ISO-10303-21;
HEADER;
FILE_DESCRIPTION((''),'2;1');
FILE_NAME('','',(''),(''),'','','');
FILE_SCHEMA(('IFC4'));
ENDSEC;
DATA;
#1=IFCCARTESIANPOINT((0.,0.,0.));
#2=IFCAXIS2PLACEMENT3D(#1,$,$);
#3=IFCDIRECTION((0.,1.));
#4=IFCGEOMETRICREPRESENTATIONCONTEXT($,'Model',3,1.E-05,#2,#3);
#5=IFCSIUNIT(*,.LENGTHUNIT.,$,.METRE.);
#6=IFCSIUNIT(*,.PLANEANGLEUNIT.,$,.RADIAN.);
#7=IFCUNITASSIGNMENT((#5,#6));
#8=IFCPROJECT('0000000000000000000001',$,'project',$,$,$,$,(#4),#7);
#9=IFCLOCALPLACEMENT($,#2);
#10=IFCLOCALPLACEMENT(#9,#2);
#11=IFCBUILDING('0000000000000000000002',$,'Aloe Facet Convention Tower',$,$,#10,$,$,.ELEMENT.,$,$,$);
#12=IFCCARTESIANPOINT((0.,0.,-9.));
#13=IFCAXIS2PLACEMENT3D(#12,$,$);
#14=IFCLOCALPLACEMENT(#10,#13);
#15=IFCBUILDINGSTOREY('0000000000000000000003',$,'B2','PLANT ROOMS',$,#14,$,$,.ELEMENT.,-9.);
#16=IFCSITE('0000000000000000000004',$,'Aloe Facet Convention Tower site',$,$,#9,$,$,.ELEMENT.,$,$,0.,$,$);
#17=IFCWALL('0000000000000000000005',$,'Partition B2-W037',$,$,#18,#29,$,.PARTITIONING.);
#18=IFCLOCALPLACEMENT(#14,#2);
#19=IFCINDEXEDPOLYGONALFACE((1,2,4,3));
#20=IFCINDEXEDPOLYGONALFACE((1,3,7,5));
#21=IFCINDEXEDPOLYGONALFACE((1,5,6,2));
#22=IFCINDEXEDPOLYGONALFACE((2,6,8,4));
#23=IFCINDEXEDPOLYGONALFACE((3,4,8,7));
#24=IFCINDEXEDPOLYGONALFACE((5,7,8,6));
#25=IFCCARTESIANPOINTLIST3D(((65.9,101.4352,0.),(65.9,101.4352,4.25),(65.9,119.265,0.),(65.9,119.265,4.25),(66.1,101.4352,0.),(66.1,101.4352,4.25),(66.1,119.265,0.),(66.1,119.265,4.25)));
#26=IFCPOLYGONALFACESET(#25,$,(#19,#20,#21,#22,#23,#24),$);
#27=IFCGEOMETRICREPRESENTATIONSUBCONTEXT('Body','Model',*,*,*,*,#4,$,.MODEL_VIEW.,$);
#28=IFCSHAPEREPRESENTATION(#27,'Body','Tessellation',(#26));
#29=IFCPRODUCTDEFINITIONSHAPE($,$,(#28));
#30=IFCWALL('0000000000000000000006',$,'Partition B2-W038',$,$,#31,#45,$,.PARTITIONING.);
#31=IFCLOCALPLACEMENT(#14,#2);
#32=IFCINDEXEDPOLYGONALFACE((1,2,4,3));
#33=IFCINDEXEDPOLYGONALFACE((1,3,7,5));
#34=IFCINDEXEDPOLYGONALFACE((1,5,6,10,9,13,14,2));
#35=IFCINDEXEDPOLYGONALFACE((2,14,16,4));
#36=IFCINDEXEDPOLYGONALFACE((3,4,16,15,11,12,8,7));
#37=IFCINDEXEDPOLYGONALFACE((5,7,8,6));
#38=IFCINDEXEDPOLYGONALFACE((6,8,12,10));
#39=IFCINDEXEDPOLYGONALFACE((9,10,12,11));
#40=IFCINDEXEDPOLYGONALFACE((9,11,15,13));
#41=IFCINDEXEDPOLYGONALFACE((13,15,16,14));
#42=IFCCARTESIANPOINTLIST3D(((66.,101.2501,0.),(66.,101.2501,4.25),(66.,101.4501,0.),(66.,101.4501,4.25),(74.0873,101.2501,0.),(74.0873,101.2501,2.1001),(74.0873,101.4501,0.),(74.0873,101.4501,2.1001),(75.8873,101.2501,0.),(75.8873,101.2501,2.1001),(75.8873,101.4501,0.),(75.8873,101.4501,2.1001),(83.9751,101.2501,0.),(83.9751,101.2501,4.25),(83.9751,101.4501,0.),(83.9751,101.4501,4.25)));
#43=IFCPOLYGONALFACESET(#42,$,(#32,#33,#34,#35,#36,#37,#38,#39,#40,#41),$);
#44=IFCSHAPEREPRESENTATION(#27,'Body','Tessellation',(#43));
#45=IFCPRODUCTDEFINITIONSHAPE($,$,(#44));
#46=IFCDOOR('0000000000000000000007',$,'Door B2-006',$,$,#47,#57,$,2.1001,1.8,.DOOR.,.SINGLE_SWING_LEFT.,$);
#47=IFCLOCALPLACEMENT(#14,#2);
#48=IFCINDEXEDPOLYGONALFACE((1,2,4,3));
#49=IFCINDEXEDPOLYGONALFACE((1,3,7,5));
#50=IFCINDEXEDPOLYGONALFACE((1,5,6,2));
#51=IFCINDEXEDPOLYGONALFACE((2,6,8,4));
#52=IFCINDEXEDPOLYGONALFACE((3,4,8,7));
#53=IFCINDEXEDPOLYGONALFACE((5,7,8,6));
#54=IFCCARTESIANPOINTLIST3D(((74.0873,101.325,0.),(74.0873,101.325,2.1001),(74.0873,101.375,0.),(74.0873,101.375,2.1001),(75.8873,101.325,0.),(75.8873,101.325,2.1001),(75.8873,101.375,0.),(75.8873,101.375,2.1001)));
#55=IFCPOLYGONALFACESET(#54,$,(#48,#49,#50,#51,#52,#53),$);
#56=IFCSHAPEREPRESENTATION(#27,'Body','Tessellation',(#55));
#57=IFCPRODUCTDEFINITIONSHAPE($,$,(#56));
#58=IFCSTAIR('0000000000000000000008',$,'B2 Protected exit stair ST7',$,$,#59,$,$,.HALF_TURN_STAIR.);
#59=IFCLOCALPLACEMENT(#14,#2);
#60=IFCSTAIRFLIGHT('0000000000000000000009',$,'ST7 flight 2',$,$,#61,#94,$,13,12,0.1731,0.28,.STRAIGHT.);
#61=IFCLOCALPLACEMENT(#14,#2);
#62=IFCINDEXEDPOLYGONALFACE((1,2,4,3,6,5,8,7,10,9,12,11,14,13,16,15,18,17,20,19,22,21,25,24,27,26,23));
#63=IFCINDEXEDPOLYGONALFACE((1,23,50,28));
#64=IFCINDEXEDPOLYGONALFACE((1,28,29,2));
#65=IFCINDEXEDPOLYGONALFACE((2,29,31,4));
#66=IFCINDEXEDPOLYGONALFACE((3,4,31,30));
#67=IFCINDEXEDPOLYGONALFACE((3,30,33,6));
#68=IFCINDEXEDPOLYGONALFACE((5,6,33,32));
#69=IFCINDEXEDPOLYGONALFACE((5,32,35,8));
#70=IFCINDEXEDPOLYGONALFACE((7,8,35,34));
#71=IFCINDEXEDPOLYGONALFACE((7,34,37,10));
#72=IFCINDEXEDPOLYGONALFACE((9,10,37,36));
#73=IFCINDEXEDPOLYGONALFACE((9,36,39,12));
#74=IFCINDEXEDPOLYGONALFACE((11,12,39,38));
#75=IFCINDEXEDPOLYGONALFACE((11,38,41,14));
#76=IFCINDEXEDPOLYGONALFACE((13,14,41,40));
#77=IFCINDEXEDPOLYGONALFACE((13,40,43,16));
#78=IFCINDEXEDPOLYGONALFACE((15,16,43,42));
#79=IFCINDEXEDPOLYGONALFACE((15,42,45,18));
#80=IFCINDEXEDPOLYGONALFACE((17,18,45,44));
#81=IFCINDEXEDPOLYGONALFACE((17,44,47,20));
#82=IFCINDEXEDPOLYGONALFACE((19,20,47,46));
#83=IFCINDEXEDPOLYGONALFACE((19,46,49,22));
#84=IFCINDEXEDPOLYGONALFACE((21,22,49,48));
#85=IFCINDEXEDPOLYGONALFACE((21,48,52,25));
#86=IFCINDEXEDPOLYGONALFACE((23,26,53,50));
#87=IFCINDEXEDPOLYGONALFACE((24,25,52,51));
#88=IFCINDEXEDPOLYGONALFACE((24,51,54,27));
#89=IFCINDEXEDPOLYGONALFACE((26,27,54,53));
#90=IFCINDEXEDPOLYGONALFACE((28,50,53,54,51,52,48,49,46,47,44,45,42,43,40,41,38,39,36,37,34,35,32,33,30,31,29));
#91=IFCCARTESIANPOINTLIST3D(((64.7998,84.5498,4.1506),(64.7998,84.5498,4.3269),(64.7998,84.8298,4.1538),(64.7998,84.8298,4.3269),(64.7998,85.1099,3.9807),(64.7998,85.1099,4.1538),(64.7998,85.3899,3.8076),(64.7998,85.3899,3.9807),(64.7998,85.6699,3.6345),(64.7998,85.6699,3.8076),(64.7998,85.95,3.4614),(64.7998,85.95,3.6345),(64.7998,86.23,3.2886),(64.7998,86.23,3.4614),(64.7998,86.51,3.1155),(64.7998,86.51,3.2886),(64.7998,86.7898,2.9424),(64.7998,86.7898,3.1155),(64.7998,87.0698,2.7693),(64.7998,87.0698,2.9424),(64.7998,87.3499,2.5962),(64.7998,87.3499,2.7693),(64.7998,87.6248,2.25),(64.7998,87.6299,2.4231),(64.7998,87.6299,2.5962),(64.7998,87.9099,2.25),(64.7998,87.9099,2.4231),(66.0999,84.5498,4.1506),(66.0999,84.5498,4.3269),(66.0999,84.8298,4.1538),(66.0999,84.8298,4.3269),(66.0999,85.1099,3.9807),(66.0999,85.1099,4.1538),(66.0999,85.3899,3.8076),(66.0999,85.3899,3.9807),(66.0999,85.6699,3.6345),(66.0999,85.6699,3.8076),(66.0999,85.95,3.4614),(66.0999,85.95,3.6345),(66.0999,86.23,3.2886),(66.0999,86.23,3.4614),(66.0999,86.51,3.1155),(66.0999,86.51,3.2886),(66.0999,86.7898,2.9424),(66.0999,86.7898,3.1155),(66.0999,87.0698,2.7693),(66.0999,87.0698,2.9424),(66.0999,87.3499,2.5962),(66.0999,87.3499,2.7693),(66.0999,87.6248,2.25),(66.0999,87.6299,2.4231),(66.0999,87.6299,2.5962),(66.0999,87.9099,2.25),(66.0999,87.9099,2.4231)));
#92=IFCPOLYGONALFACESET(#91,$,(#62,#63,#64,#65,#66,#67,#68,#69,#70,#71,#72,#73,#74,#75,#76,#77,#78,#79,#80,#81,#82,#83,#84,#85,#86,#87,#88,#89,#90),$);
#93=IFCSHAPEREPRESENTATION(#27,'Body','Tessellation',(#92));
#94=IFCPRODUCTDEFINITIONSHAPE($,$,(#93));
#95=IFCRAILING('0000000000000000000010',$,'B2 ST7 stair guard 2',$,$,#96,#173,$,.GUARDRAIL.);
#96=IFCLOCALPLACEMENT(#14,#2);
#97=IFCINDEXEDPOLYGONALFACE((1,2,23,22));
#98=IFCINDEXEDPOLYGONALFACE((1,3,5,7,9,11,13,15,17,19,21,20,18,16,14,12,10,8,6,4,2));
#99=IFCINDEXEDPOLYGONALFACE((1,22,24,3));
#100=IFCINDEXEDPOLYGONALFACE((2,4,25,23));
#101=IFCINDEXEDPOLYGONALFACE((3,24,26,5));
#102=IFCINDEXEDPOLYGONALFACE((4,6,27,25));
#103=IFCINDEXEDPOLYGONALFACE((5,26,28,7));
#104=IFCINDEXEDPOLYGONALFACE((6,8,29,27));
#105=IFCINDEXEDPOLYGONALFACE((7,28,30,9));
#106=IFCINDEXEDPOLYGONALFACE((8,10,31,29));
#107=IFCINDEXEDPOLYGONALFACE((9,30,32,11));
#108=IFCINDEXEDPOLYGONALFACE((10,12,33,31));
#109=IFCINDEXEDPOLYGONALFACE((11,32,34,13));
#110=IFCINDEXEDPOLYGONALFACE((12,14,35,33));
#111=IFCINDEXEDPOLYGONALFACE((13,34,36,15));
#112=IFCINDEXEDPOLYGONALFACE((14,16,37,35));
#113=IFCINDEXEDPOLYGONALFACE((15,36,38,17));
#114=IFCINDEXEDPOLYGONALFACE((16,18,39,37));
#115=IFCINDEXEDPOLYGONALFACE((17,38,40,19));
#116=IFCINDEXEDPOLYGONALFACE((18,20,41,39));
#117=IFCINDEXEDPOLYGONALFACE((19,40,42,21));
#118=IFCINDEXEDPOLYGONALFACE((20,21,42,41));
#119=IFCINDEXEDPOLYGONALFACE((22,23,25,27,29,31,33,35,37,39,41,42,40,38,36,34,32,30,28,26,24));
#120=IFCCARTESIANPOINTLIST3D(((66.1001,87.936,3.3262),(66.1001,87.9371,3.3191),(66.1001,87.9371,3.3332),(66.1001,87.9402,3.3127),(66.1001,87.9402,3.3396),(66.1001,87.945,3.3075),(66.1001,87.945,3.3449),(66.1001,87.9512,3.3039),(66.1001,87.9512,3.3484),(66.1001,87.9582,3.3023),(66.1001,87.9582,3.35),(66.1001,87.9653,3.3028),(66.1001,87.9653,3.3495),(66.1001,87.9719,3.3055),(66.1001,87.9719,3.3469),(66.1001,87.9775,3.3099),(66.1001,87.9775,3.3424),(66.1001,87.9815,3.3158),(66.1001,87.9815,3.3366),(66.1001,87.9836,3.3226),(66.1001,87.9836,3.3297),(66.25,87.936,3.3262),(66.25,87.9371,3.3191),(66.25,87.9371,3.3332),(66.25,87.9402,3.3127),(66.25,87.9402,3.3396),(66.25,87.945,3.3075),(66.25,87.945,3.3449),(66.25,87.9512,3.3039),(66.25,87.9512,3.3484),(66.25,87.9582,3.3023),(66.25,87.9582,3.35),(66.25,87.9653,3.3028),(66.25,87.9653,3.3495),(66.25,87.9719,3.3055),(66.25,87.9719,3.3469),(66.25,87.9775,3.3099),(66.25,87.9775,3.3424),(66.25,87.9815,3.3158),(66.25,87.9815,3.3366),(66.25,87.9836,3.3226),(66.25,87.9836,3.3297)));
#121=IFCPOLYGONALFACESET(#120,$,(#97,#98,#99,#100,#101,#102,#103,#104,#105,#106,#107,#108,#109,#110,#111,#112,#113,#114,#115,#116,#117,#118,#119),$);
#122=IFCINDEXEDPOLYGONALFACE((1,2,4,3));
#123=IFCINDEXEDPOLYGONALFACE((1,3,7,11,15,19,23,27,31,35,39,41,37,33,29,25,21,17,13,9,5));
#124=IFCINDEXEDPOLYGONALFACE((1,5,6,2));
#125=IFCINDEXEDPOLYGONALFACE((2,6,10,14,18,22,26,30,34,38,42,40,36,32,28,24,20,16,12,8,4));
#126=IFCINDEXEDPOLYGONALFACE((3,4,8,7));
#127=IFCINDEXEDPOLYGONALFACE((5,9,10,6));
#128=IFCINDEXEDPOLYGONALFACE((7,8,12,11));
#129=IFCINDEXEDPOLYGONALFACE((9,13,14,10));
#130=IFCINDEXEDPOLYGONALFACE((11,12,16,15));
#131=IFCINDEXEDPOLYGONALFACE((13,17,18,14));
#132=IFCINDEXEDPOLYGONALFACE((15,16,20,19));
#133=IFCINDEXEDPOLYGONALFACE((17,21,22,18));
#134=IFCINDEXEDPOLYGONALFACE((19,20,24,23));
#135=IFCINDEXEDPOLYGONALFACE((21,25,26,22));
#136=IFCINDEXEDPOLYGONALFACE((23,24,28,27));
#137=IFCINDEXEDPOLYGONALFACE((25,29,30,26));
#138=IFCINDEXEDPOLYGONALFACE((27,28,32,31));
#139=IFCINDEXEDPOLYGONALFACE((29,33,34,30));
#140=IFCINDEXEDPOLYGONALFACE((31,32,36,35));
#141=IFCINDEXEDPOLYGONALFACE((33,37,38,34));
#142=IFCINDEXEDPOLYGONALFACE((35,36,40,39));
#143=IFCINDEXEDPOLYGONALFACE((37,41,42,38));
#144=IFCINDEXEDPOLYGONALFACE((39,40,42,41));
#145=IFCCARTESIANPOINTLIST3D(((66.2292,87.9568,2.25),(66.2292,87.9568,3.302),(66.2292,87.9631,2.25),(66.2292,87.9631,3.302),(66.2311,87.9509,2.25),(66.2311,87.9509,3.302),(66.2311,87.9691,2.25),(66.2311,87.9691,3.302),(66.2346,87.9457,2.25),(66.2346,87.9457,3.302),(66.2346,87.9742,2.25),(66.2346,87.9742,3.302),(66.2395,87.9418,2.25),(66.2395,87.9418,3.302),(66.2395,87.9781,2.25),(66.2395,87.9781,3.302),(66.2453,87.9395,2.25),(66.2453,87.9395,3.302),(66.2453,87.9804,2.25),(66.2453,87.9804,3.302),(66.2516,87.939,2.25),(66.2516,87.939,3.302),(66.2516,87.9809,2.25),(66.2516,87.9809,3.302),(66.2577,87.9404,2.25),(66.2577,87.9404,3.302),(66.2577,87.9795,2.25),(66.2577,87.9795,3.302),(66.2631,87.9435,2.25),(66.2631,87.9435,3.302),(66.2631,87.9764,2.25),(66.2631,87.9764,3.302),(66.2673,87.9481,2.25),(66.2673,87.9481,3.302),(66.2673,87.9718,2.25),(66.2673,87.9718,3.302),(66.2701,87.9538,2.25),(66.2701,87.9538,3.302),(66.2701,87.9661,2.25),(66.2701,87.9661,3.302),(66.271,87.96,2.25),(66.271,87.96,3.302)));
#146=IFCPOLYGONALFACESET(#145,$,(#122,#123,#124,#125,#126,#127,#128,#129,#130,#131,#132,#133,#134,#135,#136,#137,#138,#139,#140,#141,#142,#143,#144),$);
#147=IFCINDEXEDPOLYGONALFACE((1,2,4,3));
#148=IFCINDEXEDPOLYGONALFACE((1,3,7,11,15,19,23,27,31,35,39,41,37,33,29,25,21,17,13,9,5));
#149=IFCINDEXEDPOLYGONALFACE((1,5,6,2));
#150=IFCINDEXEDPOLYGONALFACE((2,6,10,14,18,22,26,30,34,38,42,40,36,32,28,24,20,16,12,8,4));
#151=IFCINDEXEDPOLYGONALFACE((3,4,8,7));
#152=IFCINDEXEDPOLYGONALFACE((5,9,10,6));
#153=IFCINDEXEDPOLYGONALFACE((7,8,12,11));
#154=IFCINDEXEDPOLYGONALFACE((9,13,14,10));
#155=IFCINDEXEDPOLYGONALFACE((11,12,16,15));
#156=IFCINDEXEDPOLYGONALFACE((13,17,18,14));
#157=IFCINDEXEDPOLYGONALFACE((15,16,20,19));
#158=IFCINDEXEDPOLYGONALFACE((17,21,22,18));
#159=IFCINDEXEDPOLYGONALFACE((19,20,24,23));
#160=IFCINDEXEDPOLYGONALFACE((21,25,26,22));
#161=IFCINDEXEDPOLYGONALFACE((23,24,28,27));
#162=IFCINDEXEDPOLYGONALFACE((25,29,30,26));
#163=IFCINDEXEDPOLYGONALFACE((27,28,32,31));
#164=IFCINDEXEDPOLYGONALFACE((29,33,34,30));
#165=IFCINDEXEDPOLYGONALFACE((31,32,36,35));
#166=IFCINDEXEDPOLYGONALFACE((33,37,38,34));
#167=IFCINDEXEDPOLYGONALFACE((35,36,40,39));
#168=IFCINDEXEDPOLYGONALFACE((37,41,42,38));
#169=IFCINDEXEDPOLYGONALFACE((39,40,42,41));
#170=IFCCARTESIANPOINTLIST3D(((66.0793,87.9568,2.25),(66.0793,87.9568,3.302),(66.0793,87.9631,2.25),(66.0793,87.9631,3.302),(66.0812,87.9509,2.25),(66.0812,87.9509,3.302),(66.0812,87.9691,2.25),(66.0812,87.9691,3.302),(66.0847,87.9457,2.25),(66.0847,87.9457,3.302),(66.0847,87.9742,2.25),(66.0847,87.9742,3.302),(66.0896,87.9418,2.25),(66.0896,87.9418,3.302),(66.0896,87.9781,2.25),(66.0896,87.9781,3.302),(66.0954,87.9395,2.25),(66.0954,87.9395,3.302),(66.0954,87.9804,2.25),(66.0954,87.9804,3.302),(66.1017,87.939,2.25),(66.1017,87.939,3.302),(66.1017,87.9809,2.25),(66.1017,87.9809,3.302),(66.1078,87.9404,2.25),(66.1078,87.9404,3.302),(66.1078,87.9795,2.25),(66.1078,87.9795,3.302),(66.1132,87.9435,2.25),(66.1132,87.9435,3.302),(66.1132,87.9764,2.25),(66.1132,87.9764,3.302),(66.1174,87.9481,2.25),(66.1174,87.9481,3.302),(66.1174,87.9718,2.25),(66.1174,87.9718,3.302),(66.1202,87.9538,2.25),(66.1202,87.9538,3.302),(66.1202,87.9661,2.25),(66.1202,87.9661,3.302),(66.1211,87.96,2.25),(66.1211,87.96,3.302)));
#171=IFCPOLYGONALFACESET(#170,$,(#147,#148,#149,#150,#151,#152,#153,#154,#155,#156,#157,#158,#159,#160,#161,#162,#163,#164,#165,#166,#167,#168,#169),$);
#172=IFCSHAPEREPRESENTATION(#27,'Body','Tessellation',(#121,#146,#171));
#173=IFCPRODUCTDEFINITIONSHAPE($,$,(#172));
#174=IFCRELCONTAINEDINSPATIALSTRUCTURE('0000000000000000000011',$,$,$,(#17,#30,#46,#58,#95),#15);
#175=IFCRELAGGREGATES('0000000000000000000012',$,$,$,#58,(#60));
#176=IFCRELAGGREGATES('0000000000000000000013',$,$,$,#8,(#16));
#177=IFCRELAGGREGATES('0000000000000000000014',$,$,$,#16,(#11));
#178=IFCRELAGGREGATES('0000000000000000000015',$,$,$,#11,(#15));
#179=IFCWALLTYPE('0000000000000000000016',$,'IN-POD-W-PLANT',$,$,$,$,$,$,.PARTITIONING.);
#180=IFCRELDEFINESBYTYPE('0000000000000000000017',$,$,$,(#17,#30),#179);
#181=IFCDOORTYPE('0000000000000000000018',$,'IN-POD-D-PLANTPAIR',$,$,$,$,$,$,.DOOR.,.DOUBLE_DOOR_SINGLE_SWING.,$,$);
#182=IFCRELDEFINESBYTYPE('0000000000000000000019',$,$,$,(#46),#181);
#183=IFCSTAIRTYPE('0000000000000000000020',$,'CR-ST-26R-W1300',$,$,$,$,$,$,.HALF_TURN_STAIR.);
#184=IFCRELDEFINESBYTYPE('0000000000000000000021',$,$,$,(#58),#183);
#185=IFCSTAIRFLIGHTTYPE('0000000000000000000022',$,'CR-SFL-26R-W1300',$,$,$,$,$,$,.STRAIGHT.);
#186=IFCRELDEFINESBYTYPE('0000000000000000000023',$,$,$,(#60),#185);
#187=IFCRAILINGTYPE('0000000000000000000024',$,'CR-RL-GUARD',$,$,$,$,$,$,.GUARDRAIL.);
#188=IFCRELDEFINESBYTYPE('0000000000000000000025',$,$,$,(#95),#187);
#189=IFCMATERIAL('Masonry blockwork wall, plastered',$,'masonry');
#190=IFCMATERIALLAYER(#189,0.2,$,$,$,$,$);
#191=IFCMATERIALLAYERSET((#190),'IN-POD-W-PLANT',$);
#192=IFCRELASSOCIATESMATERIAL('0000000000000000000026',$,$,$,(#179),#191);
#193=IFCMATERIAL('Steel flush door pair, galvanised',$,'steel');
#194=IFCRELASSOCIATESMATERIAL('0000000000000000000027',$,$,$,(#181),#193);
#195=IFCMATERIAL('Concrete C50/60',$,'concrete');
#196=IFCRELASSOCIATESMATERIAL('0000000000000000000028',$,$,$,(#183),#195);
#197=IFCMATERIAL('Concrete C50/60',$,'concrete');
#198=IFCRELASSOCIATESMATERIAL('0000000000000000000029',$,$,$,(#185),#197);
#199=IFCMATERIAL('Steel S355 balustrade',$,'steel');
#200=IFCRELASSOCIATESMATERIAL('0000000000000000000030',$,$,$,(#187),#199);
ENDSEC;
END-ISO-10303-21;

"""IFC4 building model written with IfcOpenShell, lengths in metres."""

from ifc_helpers import new_model, si_unit, direction, frame, frame_2d, origin, origin_2d, place, context, subcontext, project, spatial, polyline, rectangle, circle, outline, extrude, material, layer, layer_set, type_object, element, fill, aggregate, save


model = new_model("IFC4")

# Units and contexts
model_context = context("Model", 3, precision=1e-05, world=origin(), true_north=direction((0.0, 1.0)))
body_context = subcontext(model_context, "Body", "Model", "MODEL_VIEW")
ifc_project = project(units=[si_unit("LENGTHUNIT", "METRE"), si_unit("PLANEANGLEUNIT", "RADIAN")], contexts=[model_context])

# Site, building, storey
site_placement = place(None, origin())
site = spatial("IfcSite", under=ifc_project, at=site_placement, Name="Aloe Facet Convention Tower site", CompositionType="ELEMENT", RefElevation=0.0)
building_placement = place(site_placement, origin())
building = spatial("IfcBuilding", under=site, at=building_placement, Name="Aloe Facet Convention Tower", CompositionType="ELEMENT")
storey_placement = place(building_placement, frame((0.0, 0.0, -9.0)))
storey = spatial("IfcBuildingStorey", under=building, at=storey_placement, Name="B2", Description="PLANT ROOMS", CompositionType="ELEMENT", Elevation=-9.0)

# Shared definitions
ifc_material_1 = material(Name="Masonry blockwork wall, plastered", Category="masonry")
ifc_layer_1 = layer(ifc_material_1, 0.2)
ifc_layer_set_1 = layer_set([ifc_layer_1], Name="IN-POD-W-PLANT")
wall_type_1 = type_object("IfcWallType", Name="IN-POD-W-PLANT", PredefinedType="PARTITIONING", material=ifc_layer_set_1)
ifc_material_2 = material(Name="Steel flush door pair, galvanised", Category="steel")
door_type = type_object("IfcDoorType", Name="IN-POD-D-PLANTPAIR", OperationType="DOUBLE_DOOR_SINGLE_SWING", PredefinedType="DOOR", material=ifc_material_2)

# Wall
wall_1_placement = place(storey_placement, frame((66.0, 101.4351, 0.0), z_axis=(0.0, 0.0, 1.0), x_axis=(0.0, 1.0, 0.0)))
element("IfcWall", 1, at=wall_1_placement, inside=storey, type_object=wall_type_1, Name="Partition B2-W037", PredefinedType="PARTITIONING", context=body_context, shape_type="SweptSolid", body=[
    extrude(rectangle(XDim=17.8298, YDim=0.2, at=frame_2d((8.915, 0.0))), origin(), (0.0, 0.0, 1.0), 4.25),
])

# Wall, opening, door
wall_2_placement = place(storey_placement, frame((66.0, 101.3501, 0.0), z_axis=(0.0, 0.0, 1.0), x_axis=(1.0, 0.0, 0.0)))
wall_2 = element("IfcWall", 2, at=wall_2_placement, inside=storey, type_object=wall_type_1, Name="Partition B2-W038", PredefinedType="PARTITIONING", context=body_context, shape_type="SweptSolid", body=[
    extrude(rectangle(XDim=17.9751, YDim=0.2, at=frame_2d((8.9875, 0.0))), origin(), (0.0, 0.0, 1.0), 4.25),
])
opening_1_placement = place(wall_2_placement, frame((8.0874, 0.0, 0.0)))
opening_1 = element("IfcOpeningElement", 3, at=opening_1_placement, cuts=wall_2, PredefinedType="OPENING", context=body_context, shape_type="SweptSolid", body=[
    extrude(rectangle(XDim=1.8, YDim=2.1001, at=frame_2d((0.8999, 1.05))), frame((0.0, 0.1099, 0.0), z_axis=(0.0, -1.0, 0.0), x_axis=(1.0, 0.0, 0.0)), (0.0, 0.0, 1.0), 0.22),
])
door_1_placement = place(opening_1_placement, origin())
door_1 = element("IfcDoor", 4, at=door_1_placement, inside=storey, type_object=door_type, Name="Door B2-006", OperationType="SINGLE_SWING_LEFT", OverallHeight=2.1001, OverallWidth=1.8, PredefinedType="DOOR", context=body_context, shape_type="SweptSolid", body=[
    extrude(rectangle(XDim=1.8, YDim=2.1001, at=frame_2d((0.8999, 1.05))), frame((0.0, 0.0249, 0.0), z_axis=(0.0, -1.0, 0.0), x_axis=(1.0, 0.0, 0.0)), (0.0, 0.0, 1.0), 0.05),
])
fill(opening_1, door_1)

# Stair, stair flight
ifc_material_3 = material(Name="Concrete C50/60", Category="concrete")
stair_type = type_object("IfcStairType", Name="CR-ST-26R-W1300", PredefinedType="HALF_TURN_STAIR", material=ifc_material_3)
stair_placement = place(storey_placement, origin())
stair = element("IfcStair", 5, at=stair_placement, inside=storey, type_object=stair_type, Name="B2 Protected exit stair ST7", PredefinedType="HALF_TURN_STAIR")
ifc_material_4 = material(Name="Concrete C50/60", Category="concrete")
stair_flight_type = type_object("IfcStairFlightType", Name="CR-SFL-26R-W1300", PredefinedType="STRAIGHT", material=ifc_material_4)
stair_flight_placement = place(storey_placement, frame((65.45, 87.9099, 2.25), z_axis=(0.0, 0.0, 1.0), x_axis=(0.0, -1.0, 0.0)))
stair_flight = element("IfcStairFlight", 6, at=stair_flight_placement, type_object=stair_flight_type, Name="ST7 flight 2", NumberOfRisers=13, NumberOfTreads=12, PredefinedType="STRAIGHT", RiserHeight=0.1731, TreadLength=0.28, context=body_context, shape_type="SweptSolid", body=[
    extrude(outline(polyline([(0.0, 0.0), (0.0, 0.1731), (0.28, 0.1731), (0.28, 0.3462), (0.5601, 0.3462), (0.5601, 0.5193), (0.8401, 0.5193), (0.8401, 0.6924), (1.1201, 0.6924), (1.1201, 0.8655), (1.3999, 0.8655), (1.3999, 1.0386), (1.6799, 1.0386), (1.6799, 1.2114), (1.96, 1.2114), (1.96, 1.3845), (2.24, 1.3845), (2.24, 1.5576), (2.52, 1.5576), (2.52, 1.7307), (2.8, 1.7307), (2.8, 1.9038), (3.0801, 1.9038), (3.0801, 2.0769), (3.3601, 2.0769), (3.3601, 2.25), (3.3601, 1.9006), (0.2852, 0.0), (0.0, 0.0)])), frame((0.0, 0.6499, 0.0), z_axis=(0.0, -1.0, 0.0), x_axis=(1.0, 0.0, 0.0)), (0.0, 0.0, 1.0), 1.3),
])
aggregate(stair, [stair_flight])

# Railing
ifc_material_5 = material(Name="Steel S355 balustrade", Category="steel")
railing_type = type_object("IfcRailingType", Name="CR-RL-GUARD", PredefinedType="GUARDRAIL", material=ifc_material_5)
railing_1_placement = place(storey_placement, frame((66.25, 87.96, 2.25)))
element("IfcRailing", 7, at=railing_1_placement, inside=storey, type_object=railing_type, Name="B2 ST7 stair guard 2", PredefinedType="GUARDRAIL", context=body_context, shape_type="SweptSolid", body=[
    extrude(circle(Radius=0.0239, at=origin_2d()), frame((0.0, 0.0, 1.0762), z_axis=(-1.0, 0.0, 0.0), x_axis=(0.0, -1.0, 0.0)), (0.0, 0.0, 1.0), 0.1499),
    extrude(circle(Radius=0.021, at=origin_2d()), origin(), (0.0, 0.0, 1.0), 1.052),
    extrude(circle(Radius=0.021, at=origin_2d()), frame((-0.1499, 0.0, 0.0)), (0.0, 0.0, 1.0), 1.052),
])

save(model, "model.ifc")
